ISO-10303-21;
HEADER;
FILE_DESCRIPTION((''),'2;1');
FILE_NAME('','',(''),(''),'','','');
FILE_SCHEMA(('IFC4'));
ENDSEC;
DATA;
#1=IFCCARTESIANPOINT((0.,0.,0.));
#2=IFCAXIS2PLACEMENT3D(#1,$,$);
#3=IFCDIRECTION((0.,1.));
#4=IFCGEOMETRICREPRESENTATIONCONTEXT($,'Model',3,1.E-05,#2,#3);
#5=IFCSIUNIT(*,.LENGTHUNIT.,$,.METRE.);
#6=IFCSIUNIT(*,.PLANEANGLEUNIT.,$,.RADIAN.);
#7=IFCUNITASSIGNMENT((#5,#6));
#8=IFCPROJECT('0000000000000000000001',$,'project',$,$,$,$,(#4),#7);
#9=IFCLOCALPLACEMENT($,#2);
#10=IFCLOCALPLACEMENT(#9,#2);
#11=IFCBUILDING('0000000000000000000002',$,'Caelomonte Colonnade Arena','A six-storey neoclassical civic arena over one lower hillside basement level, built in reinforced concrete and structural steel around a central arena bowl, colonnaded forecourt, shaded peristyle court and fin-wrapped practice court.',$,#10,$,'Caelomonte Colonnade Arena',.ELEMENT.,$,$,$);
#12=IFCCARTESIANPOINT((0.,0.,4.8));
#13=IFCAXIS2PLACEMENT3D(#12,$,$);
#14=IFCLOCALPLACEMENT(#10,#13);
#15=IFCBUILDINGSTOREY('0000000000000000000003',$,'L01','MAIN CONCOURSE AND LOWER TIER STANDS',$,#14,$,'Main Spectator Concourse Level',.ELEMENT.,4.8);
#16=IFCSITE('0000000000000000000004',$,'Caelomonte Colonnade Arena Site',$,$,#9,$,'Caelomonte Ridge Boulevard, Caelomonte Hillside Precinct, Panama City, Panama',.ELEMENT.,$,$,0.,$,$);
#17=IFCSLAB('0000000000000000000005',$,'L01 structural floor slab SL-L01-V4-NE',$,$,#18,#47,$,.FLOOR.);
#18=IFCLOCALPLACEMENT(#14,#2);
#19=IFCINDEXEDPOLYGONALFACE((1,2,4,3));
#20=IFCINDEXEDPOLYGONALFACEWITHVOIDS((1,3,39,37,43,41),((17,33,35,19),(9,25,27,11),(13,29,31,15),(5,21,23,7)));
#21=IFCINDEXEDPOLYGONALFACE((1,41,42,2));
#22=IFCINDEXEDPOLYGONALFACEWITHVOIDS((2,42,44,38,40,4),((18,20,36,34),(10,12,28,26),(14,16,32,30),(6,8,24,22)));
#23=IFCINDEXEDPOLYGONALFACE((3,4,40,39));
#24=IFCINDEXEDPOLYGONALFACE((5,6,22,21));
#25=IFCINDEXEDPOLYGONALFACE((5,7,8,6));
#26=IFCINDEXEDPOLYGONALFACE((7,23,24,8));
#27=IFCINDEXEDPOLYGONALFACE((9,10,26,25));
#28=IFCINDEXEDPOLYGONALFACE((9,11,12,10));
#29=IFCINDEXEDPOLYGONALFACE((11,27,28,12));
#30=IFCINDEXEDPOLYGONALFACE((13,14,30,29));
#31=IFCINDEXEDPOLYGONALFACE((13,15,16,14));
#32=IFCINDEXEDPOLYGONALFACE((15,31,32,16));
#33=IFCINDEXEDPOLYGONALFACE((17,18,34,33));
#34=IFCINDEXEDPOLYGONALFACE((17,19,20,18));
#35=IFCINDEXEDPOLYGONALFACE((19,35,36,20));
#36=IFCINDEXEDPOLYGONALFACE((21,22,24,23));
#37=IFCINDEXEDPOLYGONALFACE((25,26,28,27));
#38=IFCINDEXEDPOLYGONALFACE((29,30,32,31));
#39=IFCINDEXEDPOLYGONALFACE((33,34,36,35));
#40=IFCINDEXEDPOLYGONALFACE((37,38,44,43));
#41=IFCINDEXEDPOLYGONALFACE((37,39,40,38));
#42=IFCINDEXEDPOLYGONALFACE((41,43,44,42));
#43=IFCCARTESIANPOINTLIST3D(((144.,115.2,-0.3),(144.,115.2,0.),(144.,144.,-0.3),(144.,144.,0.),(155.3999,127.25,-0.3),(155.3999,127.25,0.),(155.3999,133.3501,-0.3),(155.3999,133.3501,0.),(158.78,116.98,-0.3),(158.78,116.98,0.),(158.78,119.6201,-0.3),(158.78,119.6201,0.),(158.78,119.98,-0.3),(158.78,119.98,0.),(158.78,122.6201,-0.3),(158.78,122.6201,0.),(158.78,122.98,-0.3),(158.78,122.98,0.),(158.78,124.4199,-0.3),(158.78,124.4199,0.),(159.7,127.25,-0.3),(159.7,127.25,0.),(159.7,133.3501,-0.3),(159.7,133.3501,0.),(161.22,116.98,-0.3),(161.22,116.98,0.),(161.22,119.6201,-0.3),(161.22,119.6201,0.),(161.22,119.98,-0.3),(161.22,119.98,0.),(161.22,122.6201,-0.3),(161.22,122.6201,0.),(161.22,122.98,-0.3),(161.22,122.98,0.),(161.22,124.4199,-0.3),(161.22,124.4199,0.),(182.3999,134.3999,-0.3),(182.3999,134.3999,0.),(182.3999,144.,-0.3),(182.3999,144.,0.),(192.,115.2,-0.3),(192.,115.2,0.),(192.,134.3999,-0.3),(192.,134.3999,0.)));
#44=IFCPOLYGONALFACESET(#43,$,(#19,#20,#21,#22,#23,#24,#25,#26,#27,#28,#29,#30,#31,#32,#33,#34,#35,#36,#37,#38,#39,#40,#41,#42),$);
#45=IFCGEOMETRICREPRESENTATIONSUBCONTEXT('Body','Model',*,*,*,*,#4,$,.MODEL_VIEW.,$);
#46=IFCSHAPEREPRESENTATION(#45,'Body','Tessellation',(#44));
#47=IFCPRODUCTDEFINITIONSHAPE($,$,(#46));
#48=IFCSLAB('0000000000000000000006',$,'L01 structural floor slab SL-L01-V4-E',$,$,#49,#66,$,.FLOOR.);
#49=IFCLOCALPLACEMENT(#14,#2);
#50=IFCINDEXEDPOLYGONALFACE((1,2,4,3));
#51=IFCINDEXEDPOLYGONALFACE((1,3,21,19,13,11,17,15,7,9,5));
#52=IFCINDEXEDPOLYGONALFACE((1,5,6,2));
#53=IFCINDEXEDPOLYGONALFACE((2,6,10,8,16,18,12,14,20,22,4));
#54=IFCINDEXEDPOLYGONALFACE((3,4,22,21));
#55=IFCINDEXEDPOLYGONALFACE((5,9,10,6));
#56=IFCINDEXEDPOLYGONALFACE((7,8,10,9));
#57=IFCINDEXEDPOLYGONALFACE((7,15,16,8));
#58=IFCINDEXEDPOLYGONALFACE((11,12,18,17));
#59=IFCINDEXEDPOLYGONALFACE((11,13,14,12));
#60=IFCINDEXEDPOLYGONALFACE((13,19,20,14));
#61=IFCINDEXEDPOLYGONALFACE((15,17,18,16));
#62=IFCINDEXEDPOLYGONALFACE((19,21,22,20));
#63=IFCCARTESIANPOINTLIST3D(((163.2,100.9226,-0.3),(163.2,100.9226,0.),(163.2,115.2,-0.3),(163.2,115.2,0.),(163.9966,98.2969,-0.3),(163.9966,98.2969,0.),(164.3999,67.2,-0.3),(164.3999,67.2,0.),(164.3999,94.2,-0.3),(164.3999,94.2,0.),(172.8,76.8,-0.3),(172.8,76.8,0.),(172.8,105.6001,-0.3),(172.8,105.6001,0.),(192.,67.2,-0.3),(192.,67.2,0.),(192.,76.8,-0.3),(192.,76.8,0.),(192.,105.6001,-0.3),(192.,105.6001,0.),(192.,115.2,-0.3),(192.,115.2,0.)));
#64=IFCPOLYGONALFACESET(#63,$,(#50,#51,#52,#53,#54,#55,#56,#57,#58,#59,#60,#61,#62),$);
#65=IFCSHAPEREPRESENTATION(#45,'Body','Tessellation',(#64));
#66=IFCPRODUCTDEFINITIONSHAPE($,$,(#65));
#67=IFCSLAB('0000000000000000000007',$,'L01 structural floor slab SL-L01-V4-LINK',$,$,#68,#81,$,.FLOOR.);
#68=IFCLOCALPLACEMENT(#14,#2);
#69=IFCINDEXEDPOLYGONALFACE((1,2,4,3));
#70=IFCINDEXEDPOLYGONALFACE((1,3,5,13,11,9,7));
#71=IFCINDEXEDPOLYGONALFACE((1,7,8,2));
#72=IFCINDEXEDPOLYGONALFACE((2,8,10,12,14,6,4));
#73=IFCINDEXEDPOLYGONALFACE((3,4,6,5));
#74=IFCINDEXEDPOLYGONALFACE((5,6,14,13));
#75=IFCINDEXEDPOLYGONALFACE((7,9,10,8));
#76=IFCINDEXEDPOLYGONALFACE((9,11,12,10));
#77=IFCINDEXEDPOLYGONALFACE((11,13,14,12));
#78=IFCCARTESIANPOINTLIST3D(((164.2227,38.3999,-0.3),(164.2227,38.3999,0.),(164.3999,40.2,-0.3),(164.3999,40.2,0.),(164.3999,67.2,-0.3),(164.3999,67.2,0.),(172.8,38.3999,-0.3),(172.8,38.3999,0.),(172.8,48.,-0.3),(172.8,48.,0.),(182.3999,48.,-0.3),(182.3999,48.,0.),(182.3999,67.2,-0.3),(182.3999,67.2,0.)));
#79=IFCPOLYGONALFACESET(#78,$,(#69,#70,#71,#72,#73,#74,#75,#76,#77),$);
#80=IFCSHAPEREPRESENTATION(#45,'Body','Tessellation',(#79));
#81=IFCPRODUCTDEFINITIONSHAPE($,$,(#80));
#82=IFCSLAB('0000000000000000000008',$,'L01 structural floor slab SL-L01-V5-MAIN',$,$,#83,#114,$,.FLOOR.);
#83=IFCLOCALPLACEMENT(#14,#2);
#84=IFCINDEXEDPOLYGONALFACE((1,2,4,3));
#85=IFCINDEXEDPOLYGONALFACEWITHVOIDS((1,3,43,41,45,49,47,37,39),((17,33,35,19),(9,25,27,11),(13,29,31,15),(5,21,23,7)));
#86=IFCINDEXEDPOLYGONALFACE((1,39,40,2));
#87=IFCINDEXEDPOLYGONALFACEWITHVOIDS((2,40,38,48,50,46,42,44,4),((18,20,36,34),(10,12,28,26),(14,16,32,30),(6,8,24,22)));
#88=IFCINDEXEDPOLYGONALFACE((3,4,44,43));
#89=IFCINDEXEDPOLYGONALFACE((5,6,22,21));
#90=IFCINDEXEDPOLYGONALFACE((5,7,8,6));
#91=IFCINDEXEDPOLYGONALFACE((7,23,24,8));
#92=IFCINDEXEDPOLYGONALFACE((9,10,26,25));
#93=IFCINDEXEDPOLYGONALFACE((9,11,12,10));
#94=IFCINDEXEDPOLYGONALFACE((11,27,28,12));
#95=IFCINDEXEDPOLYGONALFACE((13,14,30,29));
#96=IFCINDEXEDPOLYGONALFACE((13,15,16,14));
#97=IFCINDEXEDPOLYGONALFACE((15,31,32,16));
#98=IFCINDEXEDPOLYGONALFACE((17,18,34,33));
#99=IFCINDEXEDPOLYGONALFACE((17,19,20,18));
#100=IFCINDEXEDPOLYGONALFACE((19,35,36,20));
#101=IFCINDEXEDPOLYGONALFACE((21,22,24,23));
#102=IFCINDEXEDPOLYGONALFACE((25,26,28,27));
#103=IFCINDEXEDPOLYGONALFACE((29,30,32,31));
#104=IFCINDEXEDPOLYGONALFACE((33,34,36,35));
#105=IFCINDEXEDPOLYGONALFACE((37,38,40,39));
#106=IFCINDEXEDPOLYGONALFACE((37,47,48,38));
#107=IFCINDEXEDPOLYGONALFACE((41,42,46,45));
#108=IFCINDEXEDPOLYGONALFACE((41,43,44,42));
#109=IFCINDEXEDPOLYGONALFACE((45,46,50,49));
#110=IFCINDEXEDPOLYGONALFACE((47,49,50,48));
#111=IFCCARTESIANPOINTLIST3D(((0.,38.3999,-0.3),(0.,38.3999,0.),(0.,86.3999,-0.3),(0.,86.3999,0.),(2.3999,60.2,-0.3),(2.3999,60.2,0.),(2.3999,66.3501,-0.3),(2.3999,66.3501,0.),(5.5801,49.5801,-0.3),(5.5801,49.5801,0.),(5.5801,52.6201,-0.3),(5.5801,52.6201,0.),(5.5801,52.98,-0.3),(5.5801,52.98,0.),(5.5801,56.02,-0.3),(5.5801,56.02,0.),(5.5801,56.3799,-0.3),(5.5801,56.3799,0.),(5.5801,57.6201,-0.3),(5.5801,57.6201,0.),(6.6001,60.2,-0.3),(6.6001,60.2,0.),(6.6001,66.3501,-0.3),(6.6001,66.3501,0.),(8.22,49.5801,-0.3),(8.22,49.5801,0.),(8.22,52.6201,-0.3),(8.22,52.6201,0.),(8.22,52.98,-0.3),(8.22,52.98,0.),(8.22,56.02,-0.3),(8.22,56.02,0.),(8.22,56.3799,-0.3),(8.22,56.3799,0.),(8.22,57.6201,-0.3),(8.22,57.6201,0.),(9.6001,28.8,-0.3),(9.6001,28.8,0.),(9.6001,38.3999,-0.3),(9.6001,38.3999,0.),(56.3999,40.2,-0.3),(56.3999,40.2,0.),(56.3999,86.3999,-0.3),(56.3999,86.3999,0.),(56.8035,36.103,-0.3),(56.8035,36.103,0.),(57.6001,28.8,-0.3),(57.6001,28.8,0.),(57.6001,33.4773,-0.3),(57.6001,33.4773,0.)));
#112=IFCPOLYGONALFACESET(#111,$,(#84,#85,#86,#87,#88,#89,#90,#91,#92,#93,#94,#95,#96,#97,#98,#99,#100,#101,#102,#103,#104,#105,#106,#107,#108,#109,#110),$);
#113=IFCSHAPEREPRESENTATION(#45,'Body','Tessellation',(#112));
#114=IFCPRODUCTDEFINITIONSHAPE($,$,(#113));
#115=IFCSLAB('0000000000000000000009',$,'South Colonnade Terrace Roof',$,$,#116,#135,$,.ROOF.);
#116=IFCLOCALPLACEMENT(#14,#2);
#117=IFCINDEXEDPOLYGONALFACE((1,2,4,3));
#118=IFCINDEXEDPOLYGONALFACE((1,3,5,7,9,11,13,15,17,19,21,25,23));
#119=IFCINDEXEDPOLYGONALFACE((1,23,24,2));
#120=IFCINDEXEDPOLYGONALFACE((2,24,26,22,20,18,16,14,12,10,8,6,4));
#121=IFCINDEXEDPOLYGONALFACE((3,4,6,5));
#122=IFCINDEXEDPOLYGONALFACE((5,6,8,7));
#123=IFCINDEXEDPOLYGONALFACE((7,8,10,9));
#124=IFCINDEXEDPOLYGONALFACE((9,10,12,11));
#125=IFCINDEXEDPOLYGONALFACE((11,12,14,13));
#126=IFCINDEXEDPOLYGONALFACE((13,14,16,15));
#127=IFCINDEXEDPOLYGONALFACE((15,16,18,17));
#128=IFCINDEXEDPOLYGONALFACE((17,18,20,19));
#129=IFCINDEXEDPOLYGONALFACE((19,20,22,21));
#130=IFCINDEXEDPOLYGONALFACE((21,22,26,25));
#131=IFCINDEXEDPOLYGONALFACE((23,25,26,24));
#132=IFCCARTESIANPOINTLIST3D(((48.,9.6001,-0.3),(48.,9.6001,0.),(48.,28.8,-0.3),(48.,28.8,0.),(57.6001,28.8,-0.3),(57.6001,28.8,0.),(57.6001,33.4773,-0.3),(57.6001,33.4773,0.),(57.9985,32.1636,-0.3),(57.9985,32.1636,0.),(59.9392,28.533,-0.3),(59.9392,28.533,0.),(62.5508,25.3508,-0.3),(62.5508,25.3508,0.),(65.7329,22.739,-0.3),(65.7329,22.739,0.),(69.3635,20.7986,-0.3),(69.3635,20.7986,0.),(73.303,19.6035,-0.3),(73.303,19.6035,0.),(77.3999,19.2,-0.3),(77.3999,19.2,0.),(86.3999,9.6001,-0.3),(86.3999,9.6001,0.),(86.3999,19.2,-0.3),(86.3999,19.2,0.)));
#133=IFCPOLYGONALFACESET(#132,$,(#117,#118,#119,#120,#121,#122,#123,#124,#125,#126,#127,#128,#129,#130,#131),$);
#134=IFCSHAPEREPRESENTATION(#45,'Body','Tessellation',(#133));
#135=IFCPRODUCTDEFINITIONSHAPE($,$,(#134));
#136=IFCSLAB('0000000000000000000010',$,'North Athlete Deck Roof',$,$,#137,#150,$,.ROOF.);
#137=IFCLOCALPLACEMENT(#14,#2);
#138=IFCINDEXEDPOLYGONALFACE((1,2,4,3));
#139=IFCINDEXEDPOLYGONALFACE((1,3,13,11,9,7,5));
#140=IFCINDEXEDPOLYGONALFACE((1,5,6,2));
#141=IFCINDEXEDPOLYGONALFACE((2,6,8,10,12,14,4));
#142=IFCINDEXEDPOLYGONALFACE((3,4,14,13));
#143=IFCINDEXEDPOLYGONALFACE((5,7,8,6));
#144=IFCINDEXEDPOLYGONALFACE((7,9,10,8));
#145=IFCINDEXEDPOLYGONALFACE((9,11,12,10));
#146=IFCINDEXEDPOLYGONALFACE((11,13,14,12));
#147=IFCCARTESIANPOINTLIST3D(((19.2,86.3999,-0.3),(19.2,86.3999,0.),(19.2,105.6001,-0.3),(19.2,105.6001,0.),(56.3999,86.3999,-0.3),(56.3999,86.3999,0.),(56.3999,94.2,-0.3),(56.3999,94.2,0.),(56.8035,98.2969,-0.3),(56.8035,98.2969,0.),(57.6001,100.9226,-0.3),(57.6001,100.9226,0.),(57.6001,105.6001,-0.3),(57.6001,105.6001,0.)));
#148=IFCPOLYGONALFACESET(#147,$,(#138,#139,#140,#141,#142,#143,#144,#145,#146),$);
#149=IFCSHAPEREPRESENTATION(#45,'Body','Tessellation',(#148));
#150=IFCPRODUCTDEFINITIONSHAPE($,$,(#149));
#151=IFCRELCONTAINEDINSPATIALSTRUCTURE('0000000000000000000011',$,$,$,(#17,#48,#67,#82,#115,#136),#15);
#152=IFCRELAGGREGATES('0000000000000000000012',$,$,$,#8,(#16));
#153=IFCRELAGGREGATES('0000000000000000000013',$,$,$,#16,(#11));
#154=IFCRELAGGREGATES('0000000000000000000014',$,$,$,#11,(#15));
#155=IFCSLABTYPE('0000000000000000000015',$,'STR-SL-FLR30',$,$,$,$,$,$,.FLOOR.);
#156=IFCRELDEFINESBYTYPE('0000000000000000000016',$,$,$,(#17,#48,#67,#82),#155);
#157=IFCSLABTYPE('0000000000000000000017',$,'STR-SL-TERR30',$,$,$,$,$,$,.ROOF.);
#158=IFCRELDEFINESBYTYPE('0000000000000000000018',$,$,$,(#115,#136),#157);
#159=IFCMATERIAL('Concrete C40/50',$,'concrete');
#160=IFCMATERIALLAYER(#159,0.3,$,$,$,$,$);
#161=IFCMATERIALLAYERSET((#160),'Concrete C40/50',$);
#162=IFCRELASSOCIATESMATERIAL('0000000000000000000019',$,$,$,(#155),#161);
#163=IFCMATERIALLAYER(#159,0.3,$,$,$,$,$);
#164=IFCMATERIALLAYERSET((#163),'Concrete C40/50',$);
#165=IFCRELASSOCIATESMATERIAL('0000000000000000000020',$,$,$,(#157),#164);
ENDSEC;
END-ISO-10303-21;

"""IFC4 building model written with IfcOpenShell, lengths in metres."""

from ifc_helpers import new_model, si_unit, direction, frame, origin, place, context, subcontext, project, spatial, polyline, outline, extrude, material, layer, layer_set, type_object, element, save


model = new_model("IFC4")

# Units and contexts
model_context = context("Model", 3, precision=1e-05, world=origin(), true_north=direction((0.0, 1.0)))
body_context = subcontext(model_context, "Body", "Model", "MODEL_VIEW")
ifc_project = project(units=[si_unit("LENGTHUNIT", "METRE"), si_unit("PLANEANGLEUNIT", "RADIAN")], contexts=[model_context])

# Site, building, storey
site_placement = place(None, origin())
site = spatial("IfcSite", under=ifc_project, at=site_placement, Name="Caelomonte Colonnade Arena Site", LongName="Caelomonte Ridge Boulevard, Caelomonte Hillside Precinct, Panama City, Panama", CompositionType="ELEMENT", RefElevation=0.0)
building_placement = place(site_placement, origin())
building = spatial("IfcBuilding", under=site, at=building_placement, Name="Caelomonte Colonnade Arena", Description="A six-storey neoclassical civic arena over one lower hillside basement level, built in reinforced concrete and structural steel around a central arena bowl, colonnaded forecourt, shaded peristyle court and fin-wrapped practice court.", LongName="Caelomonte Colonnade Arena", CompositionType="ELEMENT")
storey_placement = place(building_placement, frame((0.0, 0.0, 4.8)))
storey = spatial("IfcBuildingStorey", under=building, at=storey_placement, Name="L01", Description="MAIN CONCOURSE AND LOWER TIER STANDS", LongName="Main Spectator Concourse Level", CompositionType="ELEMENT", Elevation=4.8)

# Shared definitions
ifc_material_1 = material(Name="Concrete C40/50", Category="concrete")

# Slabs
ifc_layer_1 = layer(ifc_material_1, 0.3)
ifc_layer_set_1 = layer_set([ifc_layer_1], Name="Concrete C40/50")
slab_type_1 = type_object("IfcSlabType", Name="STR-SL-FLR30", PredefinedType="FLOOR", material=ifc_layer_set_1)
slab_1_placement = place(storey_placement, frame((0.0, 0.0, -0.3)))
element("IfcSlab", 1, at=slab_1_placement, inside=storey, type_object=slab_type_1, Name="L01 structural floor slab SL-L01-V4-NE", PredefinedType="FLOOR", context=body_context, shape_type="SweptSolid", body=[
    extrude(outline(polyline([(144.0, 115.2), (192.0, 115.2), (192.0, 134.3999), (182.3999, 134.3999), (182.3999, 144.0), (144.0, 144.0), (144.0, 115.2)]), holes=[polyline([(158.78, 119.6201), (161.22, 119.6201), (161.22, 116.98), (158.78, 116.98), (158.78, 119.6201)]), polyline([(158.78, 119.98), (158.78, 122.6201), (161.22, 122.6201), (161.22, 119.98), (158.78, 119.98)]), polyline([(158.78, 124.4199), (161.22, 124.4199), (161.22, 122.98), (158.78, 122.98), (158.78, 124.4199)]), polyline([(155.3999, 133.3501), (159.7, 133.3501), (159.7, 127.25), (155.3999, 127.25), (155.3999, 133.3501)])]), origin(), (0.0, 0.0, 1.0), 0.3),
])
slab_2_placement = place(storey_placement, frame((0.0, 0.0, -0.3)))
element("IfcSlab", 2, at=slab_2_placement, inside=storey, type_object=slab_type_1, Name="L01 structural floor slab SL-L01-V4-E", PredefinedType="FLOOR", context=body_context, shape_type="SweptSolid", body=[
    extrude(outline(polyline([(164.3999, 67.2), (192.0, 67.2), (192.0, 76.8), (172.8, 76.8), (172.8, 105.6001), (192.0, 105.6001), (192.0, 115.2), (163.2, 115.2), (163.2, 100.9226), (163.9966, 98.2969), (164.3999, 94.2), (164.3999, 67.2)])), origin(), (0.0, 0.0, 1.0), 0.3),
])
slab_3_placement = place(storey_placement, frame((0.0, 0.0, -0.3)))
element("IfcSlab", 3, at=slab_3_placement, inside=storey, type_object=slab_type_1, Name="L01 structural floor slab SL-L01-V4-LINK", PredefinedType="FLOOR", context=body_context, shape_type="SweptSolid", body=[
    extrude(outline(polyline([(182.3999, 67.2), (164.3999, 67.2), (164.3999, 40.2), (164.2227, 38.3999), (172.8, 38.3999), (172.8, 48.0), (182.3999, 48.0), (182.3999, 67.2)])), origin(), (0.0, 0.0, 1.0), 0.3),
])
slab_4_placement = place(storey_placement, frame((0.0, 0.0, -0.3)))
element("IfcSlab", 4, at=slab_4_placement, inside=storey, type_object=slab_type_1, Name="L01 structural floor slab SL-L01-V5-MAIN", PredefinedType="FLOOR", context=body_context, shape_type="SweptSolid", body=[
    extrude(outline(polyline([(56.3999, 86.3999), (0.0, 86.3999), (0.0, 38.3999), (9.6001, 38.3999), (9.6001, 28.8), (57.6001, 28.8), (57.6001, 33.4773), (56.8035, 36.103), (56.3999, 40.2), (56.3999, 86.3999)]), holes=[polyline([(5.5801, 52.6201), (8.22, 52.6201), (8.22, 49.5801), (5.5801, 49.5801), (5.5801, 52.6201)]), polyline([(5.5801, 52.98), (5.5801, 56.02), (8.22, 56.02), (8.22, 52.98), (5.5801, 52.98)]), polyline([(5.5801, 57.6201), (8.22, 57.6201), (8.22, 56.3799), (5.5801, 56.3799), (5.5801, 57.6201)]), polyline([(2.3999, 60.2), (2.3999, 66.3501), (6.6001, 66.3501), (6.6001, 60.2), (2.3999, 60.2)])]), origin(), (0.0, 0.0, 1.0), 0.3),
])
ifc_layer_2 = layer(ifc_material_1, 0.3)
ifc_layer_set_2 = layer_set([ifc_layer_2], Name="Concrete C40/50")
slab_type_2 = type_object("IfcSlabType", Name="STR-SL-TERR30", PredefinedType="ROOF", material=ifc_layer_set_2)
slab_5_placement = place(storey_placement, frame((0.0, 0.0, -0.3)))
element("IfcSlab", 5, at=slab_5_placement, inside=storey, type_object=slab_type_2, Name="South Colonnade Terrace Roof", PredefinedType="ROOF", context=body_context, shape_type="SweptSolid", body=[
    extrude(outline(polyline([(48.0, 9.6001), (86.3999, 9.6001), (86.3999, 19.2), (77.3999, 19.2), (73.303, 19.6035), (69.3635, 20.7986), (65.7329, 22.739), (62.5508, 25.3508), (59.9392, 28.533), (57.9985, 32.1636), (57.6001, 33.4773), (57.6001, 28.8), (48.0, 28.8), (48.0, 9.6001)])), origin(), (0.0, 0.0, 1.0), 0.3),
])
slab_6_placement = place(storey_placement, frame((0.0, 0.0, -0.3)))
element("IfcSlab", 6, at=slab_6_placement, inside=storey, type_object=slab_type_2, Name="North Athlete Deck Roof", PredefinedType="ROOF", context=body_context, shape_type="SweptSolid", body=[
    extrude(outline(polyline([(19.2, 86.3999), (56.3999, 86.3999), (56.3999, 94.2), (56.8035, 98.2969), (57.6001, 100.9226), (57.6001, 105.6001), (19.2, 105.6001), (19.2, 86.3999)])), origin(), (0.0, 0.0, 1.0), 0.3),
])

save(model, "model.ifc")
